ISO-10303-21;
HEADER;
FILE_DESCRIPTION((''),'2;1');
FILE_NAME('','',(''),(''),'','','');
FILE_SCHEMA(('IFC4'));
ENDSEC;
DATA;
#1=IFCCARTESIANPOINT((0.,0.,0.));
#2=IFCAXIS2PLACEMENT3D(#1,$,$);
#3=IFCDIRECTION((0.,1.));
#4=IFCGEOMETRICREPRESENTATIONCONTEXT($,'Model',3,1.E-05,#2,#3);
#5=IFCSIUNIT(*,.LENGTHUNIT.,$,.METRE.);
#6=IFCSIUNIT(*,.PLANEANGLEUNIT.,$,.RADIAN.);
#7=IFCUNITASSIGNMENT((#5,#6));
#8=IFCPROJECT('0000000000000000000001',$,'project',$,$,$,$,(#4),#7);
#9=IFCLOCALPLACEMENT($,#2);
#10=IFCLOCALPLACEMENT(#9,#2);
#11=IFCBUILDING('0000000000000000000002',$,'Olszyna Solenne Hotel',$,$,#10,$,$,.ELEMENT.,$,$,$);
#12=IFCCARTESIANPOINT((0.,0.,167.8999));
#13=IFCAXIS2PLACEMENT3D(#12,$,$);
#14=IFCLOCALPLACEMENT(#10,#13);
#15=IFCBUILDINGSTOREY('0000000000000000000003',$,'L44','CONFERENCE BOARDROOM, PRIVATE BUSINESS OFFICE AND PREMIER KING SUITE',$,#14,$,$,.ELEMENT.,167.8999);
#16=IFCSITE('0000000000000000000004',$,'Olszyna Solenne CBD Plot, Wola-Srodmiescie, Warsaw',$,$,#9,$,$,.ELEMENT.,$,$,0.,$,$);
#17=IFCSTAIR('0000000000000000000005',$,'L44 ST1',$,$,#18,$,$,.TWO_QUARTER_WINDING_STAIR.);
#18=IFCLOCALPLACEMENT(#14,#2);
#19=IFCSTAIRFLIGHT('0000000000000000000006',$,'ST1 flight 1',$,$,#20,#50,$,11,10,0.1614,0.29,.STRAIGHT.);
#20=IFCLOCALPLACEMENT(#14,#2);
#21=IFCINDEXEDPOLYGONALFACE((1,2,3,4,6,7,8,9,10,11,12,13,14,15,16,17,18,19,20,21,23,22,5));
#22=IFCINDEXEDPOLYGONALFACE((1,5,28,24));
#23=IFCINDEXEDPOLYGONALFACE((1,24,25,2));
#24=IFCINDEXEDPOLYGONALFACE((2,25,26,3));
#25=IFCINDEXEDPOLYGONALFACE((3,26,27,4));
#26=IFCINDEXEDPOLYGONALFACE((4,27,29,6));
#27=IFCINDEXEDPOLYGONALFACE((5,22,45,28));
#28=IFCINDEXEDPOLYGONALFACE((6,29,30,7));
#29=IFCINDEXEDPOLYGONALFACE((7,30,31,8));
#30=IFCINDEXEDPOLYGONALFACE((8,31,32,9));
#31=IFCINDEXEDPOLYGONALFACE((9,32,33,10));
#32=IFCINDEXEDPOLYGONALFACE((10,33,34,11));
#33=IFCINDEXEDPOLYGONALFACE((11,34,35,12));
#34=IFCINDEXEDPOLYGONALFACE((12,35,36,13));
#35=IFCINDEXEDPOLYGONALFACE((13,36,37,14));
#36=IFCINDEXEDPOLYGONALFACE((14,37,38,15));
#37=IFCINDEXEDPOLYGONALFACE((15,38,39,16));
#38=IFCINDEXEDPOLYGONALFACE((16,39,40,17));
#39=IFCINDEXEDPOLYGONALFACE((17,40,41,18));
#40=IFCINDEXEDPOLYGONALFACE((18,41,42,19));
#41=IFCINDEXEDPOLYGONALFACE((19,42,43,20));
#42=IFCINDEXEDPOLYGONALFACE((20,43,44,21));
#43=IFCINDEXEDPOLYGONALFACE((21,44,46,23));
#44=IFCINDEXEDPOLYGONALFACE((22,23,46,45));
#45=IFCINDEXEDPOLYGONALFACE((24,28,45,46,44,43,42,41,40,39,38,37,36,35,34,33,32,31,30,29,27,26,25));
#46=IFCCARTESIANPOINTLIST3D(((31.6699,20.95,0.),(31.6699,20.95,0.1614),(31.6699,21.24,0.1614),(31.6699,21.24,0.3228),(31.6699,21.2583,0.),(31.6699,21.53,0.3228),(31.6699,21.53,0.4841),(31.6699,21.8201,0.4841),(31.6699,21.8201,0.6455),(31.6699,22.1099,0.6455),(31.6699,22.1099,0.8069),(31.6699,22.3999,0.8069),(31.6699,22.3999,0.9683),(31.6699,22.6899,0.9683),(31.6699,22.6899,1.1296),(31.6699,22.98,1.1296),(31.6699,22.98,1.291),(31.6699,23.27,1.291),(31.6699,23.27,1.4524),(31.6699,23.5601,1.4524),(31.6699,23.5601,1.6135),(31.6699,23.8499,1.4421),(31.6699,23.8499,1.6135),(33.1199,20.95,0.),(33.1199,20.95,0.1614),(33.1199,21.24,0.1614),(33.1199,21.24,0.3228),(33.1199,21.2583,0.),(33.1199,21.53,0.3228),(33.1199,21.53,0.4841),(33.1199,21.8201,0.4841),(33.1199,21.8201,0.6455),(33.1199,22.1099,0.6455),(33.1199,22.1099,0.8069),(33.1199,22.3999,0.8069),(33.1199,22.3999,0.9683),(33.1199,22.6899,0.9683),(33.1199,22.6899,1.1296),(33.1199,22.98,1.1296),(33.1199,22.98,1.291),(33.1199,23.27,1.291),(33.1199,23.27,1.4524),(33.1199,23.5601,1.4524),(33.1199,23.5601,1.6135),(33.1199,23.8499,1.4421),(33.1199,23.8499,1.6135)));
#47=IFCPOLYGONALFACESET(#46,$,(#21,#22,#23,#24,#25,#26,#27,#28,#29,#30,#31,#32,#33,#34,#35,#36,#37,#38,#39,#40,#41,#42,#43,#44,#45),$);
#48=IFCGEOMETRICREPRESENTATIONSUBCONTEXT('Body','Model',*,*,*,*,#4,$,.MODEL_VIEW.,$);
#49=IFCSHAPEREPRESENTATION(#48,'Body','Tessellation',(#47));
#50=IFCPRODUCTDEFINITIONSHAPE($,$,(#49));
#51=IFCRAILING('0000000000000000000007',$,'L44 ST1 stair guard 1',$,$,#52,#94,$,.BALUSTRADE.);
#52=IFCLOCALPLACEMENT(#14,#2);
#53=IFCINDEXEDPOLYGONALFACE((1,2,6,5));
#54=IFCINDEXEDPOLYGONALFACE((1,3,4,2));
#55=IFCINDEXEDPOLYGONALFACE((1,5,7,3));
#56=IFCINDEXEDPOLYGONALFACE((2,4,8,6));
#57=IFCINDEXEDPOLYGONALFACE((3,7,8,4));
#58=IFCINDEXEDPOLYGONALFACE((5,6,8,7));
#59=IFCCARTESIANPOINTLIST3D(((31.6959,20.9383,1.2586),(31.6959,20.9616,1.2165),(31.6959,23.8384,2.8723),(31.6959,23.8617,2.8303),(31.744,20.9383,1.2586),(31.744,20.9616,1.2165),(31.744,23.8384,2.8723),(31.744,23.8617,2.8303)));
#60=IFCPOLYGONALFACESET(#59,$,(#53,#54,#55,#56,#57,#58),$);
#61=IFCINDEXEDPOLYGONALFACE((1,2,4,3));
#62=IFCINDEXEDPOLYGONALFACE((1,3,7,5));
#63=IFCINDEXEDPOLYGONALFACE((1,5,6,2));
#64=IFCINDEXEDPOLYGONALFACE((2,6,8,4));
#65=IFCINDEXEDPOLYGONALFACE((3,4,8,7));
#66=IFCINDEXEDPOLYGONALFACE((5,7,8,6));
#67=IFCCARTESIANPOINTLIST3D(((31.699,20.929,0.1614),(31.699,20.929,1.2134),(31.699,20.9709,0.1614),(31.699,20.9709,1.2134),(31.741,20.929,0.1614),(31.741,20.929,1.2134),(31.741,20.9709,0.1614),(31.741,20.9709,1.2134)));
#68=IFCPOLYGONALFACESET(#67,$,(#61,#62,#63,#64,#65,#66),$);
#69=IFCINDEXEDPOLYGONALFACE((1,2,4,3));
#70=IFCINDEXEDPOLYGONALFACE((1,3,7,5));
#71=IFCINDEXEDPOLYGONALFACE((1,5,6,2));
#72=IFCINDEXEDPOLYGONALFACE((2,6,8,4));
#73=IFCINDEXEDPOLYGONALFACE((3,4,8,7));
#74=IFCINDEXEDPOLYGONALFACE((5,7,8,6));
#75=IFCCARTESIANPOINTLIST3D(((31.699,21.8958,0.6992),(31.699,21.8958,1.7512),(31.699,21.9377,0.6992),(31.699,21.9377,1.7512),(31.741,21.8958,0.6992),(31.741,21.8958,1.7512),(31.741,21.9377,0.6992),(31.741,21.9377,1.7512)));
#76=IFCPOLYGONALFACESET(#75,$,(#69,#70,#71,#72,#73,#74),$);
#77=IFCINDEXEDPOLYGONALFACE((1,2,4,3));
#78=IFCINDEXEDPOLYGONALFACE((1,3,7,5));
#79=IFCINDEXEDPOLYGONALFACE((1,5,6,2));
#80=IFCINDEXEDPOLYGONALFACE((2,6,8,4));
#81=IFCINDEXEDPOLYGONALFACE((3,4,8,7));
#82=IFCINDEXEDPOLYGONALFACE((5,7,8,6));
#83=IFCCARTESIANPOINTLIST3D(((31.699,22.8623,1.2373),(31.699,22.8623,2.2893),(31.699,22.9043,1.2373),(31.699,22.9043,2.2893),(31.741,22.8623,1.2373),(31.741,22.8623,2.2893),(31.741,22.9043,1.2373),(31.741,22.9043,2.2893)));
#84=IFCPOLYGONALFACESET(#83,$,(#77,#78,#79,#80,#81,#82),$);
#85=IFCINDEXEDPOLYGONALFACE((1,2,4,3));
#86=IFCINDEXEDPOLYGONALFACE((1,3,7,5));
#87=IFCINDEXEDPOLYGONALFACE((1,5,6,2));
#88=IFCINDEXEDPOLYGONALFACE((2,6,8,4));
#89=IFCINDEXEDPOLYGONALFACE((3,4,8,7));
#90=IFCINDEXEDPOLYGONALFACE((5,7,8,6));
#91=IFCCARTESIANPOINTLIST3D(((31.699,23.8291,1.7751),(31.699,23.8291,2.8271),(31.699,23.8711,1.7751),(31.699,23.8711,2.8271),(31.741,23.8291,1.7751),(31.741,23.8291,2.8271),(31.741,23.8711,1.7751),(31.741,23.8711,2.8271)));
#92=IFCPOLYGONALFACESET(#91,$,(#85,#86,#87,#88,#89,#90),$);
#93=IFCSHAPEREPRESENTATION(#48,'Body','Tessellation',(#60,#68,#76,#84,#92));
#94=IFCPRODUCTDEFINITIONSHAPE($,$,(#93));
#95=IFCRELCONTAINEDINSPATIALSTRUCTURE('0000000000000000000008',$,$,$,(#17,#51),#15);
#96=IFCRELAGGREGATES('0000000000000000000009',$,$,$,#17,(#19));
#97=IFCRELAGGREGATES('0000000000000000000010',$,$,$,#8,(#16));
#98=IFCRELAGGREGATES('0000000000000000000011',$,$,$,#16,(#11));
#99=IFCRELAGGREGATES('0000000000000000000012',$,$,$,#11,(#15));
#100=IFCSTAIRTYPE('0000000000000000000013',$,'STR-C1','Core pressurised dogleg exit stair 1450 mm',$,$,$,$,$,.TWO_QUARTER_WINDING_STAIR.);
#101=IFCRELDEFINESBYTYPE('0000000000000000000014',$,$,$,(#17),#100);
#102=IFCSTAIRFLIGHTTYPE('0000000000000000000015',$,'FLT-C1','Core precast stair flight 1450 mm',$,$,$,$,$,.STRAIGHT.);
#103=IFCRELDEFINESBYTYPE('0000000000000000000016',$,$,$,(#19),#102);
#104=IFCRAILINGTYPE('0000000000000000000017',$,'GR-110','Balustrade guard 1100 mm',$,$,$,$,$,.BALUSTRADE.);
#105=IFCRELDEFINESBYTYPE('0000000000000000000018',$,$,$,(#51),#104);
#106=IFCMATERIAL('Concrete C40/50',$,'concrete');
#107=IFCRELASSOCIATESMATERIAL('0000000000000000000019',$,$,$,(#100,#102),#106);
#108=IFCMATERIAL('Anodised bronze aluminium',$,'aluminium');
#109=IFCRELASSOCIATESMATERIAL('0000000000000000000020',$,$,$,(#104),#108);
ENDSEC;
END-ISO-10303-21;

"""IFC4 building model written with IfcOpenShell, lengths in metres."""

from ifc_helpers import new_model, si_unit, direction, frame, origin, origin_2d, place, context, subcontext, project, spatial, polyline, rectangle, outline, extrude, material, type_object, element, aggregate, save


model = new_model("IFC4")

# Units and contexts
model_context = context("Model", 3, precision=1e-05, world=origin(), true_north=direction((0.0, 1.0)))
body_context = subcontext(model_context, "Body", "Model", "MODEL_VIEW")
ifc_project = project(units=[si_unit("LENGTHUNIT", "METRE"), si_unit("PLANEANGLEUNIT", "RADIAN")], contexts=[model_context])

# Site, building, storey
site_placement = place(None, origin())
site = spatial("IfcSite", under=ifc_project, at=site_placement, Name="Olszyna Solenne CBD Plot, Wola-Srodmiescie, Warsaw", CompositionType="ELEMENT", RefElevation=0.0)
building_placement = place(site_placement, origin())
building = spatial("IfcBuilding", under=site, at=building_placement, Name="Olszyna Solenne Hotel", CompositionType="ELEMENT")
storey_placement = place(building_placement, frame((0.0, 0.0, 167.8999)))
storey = spatial("IfcBuildingStorey", under=building, at=storey_placement, Name="L44", Description="CONFERENCE BOARDROOM, PRIVATE BUSINESS OFFICE AND PREMIER KING SUITE", CompositionType="ELEMENT", Elevation=167.8999)

# Shared definitions
ifc_material_1 = material(Name="Anodised bronze aluminium", Category="aluminium")

# Stair, stair flight
ifc_material_2 = material(Name="Concrete C40/50", Category="concrete")
stair_type = type_object("IfcStairType", Name="STR-C1", Description="Core pressurised dogleg exit stair 1450 mm", PredefinedType="TWO_QUARTER_WINDING_STAIR", material=ifc_material_2)
stair_placement = place(storey_placement, origin())
stair = element("IfcStair", 1, at=stair_placement, inside=storey, type_object=stair_type, Name="L44 ST1", PredefinedType="TWO_QUARTER_WINDING_STAIR")
stair_flight_type = type_object("IfcStairFlightType", Name="FLT-C1", Description="Core precast stair flight 1450 mm", PredefinedType="STRAIGHT", material=ifc_material_2)
stair_flight_placement = place(storey_placement, frame((32.395, 20.95, 0.0), z_axis=(0.0, 0.0, 1.0), x_axis=(0.0, 1.0, 0.0)))
stair_flight = element("IfcStairFlight", 2, at=stair_flight_placement, type_object=stair_flight_type, Name="ST1 flight 1", NumberOfRisers=11, NumberOfTreads=10, PredefinedType="STRAIGHT", RiserHeight=0.1614, TreadLength=0.29, context=body_context, shape_type="SweptSolid", body=[
    extrude(outline(polyline([(0.0, 0.0), (0.0, 0.1614), (0.29, 0.1614), (0.29, 0.3228), (0.5801, 0.3228), (0.5801, 0.4841), (0.8701, 0.4841), (0.8701, 0.6455), (1.1599, 0.6455), (1.1599, 0.8069), (1.45, 0.8069), (1.45, 0.9683), (1.74, 0.9683), (1.74, 1.1296), (2.03, 1.1296), (2.03, 1.291), (2.3201, 1.291), (2.3201, 1.4524), (2.6101, 1.4524), (2.6101, 1.6135), (2.8999, 1.6135), (2.8999, 1.7749), (2.8999, 1.4421), (0.3083, 0.0), (0.0, 0.0)])), frame((0.0, 0.7251, 0.0), z_axis=(0.0, -1.0, 0.0), x_axis=(1.0, 0.0, 0.0)), (0.0, 0.0, 1.0), 1.45),
])
aggregate(stair, [stair_flight])

# Railing
railing_type = type_object("IfcRailingType", Name="GR-110", Description="Balustrade guard 1100 mm", PredefinedType="BALUSTRADE", material=ifc_material_1)
railing_placement = place(storey_placement, frame((31.72, 20.95, 0.1614)))
element("IfcRailing", 3, at=railing_placement, inside=storey, type_object=railing_type, Name="L44 ST1 stair guard 1", PredefinedType="BALUSTRADE", context=body_context, shape_type="SweptSolid", body=[
    extrude(rectangle(XDim=0.0481, YDim=0.0481, at=origin_2d()), frame((0.0, 0.0, 1.0762), z_axis=(0.0, 0.873827, 0.486236), x_axis=(-1.0, 0.0, 0.0)), (0.0, 0.0, 1.0), 3.3188),
    extrude(rectangle(XDim=0.042, YDim=0.042, at=origin_2d()), origin(), (0.0, 0.0, 1.0), 1.052),
    extrude(rectangle(XDim=0.042, YDim=0.042, at=origin_2d()), frame((0.0, 0.9668, 0.5378)), (0.0, 0.0, 1.0), 1.052),
    extrude(rectangle(XDim=0.042, YDim=0.042, at=origin_2d()), frame((0.0, 1.9333, 1.0759)), (0.0, 0.0, 1.0), 1.052),
    extrude(rectangle(XDim=0.042, YDim=0.042, at=origin_2d()), frame((0.0, 2.9001, 1.6138)), (0.0, 0.0, 1.0), 1.052),
])

save(model, "model.ifc")
